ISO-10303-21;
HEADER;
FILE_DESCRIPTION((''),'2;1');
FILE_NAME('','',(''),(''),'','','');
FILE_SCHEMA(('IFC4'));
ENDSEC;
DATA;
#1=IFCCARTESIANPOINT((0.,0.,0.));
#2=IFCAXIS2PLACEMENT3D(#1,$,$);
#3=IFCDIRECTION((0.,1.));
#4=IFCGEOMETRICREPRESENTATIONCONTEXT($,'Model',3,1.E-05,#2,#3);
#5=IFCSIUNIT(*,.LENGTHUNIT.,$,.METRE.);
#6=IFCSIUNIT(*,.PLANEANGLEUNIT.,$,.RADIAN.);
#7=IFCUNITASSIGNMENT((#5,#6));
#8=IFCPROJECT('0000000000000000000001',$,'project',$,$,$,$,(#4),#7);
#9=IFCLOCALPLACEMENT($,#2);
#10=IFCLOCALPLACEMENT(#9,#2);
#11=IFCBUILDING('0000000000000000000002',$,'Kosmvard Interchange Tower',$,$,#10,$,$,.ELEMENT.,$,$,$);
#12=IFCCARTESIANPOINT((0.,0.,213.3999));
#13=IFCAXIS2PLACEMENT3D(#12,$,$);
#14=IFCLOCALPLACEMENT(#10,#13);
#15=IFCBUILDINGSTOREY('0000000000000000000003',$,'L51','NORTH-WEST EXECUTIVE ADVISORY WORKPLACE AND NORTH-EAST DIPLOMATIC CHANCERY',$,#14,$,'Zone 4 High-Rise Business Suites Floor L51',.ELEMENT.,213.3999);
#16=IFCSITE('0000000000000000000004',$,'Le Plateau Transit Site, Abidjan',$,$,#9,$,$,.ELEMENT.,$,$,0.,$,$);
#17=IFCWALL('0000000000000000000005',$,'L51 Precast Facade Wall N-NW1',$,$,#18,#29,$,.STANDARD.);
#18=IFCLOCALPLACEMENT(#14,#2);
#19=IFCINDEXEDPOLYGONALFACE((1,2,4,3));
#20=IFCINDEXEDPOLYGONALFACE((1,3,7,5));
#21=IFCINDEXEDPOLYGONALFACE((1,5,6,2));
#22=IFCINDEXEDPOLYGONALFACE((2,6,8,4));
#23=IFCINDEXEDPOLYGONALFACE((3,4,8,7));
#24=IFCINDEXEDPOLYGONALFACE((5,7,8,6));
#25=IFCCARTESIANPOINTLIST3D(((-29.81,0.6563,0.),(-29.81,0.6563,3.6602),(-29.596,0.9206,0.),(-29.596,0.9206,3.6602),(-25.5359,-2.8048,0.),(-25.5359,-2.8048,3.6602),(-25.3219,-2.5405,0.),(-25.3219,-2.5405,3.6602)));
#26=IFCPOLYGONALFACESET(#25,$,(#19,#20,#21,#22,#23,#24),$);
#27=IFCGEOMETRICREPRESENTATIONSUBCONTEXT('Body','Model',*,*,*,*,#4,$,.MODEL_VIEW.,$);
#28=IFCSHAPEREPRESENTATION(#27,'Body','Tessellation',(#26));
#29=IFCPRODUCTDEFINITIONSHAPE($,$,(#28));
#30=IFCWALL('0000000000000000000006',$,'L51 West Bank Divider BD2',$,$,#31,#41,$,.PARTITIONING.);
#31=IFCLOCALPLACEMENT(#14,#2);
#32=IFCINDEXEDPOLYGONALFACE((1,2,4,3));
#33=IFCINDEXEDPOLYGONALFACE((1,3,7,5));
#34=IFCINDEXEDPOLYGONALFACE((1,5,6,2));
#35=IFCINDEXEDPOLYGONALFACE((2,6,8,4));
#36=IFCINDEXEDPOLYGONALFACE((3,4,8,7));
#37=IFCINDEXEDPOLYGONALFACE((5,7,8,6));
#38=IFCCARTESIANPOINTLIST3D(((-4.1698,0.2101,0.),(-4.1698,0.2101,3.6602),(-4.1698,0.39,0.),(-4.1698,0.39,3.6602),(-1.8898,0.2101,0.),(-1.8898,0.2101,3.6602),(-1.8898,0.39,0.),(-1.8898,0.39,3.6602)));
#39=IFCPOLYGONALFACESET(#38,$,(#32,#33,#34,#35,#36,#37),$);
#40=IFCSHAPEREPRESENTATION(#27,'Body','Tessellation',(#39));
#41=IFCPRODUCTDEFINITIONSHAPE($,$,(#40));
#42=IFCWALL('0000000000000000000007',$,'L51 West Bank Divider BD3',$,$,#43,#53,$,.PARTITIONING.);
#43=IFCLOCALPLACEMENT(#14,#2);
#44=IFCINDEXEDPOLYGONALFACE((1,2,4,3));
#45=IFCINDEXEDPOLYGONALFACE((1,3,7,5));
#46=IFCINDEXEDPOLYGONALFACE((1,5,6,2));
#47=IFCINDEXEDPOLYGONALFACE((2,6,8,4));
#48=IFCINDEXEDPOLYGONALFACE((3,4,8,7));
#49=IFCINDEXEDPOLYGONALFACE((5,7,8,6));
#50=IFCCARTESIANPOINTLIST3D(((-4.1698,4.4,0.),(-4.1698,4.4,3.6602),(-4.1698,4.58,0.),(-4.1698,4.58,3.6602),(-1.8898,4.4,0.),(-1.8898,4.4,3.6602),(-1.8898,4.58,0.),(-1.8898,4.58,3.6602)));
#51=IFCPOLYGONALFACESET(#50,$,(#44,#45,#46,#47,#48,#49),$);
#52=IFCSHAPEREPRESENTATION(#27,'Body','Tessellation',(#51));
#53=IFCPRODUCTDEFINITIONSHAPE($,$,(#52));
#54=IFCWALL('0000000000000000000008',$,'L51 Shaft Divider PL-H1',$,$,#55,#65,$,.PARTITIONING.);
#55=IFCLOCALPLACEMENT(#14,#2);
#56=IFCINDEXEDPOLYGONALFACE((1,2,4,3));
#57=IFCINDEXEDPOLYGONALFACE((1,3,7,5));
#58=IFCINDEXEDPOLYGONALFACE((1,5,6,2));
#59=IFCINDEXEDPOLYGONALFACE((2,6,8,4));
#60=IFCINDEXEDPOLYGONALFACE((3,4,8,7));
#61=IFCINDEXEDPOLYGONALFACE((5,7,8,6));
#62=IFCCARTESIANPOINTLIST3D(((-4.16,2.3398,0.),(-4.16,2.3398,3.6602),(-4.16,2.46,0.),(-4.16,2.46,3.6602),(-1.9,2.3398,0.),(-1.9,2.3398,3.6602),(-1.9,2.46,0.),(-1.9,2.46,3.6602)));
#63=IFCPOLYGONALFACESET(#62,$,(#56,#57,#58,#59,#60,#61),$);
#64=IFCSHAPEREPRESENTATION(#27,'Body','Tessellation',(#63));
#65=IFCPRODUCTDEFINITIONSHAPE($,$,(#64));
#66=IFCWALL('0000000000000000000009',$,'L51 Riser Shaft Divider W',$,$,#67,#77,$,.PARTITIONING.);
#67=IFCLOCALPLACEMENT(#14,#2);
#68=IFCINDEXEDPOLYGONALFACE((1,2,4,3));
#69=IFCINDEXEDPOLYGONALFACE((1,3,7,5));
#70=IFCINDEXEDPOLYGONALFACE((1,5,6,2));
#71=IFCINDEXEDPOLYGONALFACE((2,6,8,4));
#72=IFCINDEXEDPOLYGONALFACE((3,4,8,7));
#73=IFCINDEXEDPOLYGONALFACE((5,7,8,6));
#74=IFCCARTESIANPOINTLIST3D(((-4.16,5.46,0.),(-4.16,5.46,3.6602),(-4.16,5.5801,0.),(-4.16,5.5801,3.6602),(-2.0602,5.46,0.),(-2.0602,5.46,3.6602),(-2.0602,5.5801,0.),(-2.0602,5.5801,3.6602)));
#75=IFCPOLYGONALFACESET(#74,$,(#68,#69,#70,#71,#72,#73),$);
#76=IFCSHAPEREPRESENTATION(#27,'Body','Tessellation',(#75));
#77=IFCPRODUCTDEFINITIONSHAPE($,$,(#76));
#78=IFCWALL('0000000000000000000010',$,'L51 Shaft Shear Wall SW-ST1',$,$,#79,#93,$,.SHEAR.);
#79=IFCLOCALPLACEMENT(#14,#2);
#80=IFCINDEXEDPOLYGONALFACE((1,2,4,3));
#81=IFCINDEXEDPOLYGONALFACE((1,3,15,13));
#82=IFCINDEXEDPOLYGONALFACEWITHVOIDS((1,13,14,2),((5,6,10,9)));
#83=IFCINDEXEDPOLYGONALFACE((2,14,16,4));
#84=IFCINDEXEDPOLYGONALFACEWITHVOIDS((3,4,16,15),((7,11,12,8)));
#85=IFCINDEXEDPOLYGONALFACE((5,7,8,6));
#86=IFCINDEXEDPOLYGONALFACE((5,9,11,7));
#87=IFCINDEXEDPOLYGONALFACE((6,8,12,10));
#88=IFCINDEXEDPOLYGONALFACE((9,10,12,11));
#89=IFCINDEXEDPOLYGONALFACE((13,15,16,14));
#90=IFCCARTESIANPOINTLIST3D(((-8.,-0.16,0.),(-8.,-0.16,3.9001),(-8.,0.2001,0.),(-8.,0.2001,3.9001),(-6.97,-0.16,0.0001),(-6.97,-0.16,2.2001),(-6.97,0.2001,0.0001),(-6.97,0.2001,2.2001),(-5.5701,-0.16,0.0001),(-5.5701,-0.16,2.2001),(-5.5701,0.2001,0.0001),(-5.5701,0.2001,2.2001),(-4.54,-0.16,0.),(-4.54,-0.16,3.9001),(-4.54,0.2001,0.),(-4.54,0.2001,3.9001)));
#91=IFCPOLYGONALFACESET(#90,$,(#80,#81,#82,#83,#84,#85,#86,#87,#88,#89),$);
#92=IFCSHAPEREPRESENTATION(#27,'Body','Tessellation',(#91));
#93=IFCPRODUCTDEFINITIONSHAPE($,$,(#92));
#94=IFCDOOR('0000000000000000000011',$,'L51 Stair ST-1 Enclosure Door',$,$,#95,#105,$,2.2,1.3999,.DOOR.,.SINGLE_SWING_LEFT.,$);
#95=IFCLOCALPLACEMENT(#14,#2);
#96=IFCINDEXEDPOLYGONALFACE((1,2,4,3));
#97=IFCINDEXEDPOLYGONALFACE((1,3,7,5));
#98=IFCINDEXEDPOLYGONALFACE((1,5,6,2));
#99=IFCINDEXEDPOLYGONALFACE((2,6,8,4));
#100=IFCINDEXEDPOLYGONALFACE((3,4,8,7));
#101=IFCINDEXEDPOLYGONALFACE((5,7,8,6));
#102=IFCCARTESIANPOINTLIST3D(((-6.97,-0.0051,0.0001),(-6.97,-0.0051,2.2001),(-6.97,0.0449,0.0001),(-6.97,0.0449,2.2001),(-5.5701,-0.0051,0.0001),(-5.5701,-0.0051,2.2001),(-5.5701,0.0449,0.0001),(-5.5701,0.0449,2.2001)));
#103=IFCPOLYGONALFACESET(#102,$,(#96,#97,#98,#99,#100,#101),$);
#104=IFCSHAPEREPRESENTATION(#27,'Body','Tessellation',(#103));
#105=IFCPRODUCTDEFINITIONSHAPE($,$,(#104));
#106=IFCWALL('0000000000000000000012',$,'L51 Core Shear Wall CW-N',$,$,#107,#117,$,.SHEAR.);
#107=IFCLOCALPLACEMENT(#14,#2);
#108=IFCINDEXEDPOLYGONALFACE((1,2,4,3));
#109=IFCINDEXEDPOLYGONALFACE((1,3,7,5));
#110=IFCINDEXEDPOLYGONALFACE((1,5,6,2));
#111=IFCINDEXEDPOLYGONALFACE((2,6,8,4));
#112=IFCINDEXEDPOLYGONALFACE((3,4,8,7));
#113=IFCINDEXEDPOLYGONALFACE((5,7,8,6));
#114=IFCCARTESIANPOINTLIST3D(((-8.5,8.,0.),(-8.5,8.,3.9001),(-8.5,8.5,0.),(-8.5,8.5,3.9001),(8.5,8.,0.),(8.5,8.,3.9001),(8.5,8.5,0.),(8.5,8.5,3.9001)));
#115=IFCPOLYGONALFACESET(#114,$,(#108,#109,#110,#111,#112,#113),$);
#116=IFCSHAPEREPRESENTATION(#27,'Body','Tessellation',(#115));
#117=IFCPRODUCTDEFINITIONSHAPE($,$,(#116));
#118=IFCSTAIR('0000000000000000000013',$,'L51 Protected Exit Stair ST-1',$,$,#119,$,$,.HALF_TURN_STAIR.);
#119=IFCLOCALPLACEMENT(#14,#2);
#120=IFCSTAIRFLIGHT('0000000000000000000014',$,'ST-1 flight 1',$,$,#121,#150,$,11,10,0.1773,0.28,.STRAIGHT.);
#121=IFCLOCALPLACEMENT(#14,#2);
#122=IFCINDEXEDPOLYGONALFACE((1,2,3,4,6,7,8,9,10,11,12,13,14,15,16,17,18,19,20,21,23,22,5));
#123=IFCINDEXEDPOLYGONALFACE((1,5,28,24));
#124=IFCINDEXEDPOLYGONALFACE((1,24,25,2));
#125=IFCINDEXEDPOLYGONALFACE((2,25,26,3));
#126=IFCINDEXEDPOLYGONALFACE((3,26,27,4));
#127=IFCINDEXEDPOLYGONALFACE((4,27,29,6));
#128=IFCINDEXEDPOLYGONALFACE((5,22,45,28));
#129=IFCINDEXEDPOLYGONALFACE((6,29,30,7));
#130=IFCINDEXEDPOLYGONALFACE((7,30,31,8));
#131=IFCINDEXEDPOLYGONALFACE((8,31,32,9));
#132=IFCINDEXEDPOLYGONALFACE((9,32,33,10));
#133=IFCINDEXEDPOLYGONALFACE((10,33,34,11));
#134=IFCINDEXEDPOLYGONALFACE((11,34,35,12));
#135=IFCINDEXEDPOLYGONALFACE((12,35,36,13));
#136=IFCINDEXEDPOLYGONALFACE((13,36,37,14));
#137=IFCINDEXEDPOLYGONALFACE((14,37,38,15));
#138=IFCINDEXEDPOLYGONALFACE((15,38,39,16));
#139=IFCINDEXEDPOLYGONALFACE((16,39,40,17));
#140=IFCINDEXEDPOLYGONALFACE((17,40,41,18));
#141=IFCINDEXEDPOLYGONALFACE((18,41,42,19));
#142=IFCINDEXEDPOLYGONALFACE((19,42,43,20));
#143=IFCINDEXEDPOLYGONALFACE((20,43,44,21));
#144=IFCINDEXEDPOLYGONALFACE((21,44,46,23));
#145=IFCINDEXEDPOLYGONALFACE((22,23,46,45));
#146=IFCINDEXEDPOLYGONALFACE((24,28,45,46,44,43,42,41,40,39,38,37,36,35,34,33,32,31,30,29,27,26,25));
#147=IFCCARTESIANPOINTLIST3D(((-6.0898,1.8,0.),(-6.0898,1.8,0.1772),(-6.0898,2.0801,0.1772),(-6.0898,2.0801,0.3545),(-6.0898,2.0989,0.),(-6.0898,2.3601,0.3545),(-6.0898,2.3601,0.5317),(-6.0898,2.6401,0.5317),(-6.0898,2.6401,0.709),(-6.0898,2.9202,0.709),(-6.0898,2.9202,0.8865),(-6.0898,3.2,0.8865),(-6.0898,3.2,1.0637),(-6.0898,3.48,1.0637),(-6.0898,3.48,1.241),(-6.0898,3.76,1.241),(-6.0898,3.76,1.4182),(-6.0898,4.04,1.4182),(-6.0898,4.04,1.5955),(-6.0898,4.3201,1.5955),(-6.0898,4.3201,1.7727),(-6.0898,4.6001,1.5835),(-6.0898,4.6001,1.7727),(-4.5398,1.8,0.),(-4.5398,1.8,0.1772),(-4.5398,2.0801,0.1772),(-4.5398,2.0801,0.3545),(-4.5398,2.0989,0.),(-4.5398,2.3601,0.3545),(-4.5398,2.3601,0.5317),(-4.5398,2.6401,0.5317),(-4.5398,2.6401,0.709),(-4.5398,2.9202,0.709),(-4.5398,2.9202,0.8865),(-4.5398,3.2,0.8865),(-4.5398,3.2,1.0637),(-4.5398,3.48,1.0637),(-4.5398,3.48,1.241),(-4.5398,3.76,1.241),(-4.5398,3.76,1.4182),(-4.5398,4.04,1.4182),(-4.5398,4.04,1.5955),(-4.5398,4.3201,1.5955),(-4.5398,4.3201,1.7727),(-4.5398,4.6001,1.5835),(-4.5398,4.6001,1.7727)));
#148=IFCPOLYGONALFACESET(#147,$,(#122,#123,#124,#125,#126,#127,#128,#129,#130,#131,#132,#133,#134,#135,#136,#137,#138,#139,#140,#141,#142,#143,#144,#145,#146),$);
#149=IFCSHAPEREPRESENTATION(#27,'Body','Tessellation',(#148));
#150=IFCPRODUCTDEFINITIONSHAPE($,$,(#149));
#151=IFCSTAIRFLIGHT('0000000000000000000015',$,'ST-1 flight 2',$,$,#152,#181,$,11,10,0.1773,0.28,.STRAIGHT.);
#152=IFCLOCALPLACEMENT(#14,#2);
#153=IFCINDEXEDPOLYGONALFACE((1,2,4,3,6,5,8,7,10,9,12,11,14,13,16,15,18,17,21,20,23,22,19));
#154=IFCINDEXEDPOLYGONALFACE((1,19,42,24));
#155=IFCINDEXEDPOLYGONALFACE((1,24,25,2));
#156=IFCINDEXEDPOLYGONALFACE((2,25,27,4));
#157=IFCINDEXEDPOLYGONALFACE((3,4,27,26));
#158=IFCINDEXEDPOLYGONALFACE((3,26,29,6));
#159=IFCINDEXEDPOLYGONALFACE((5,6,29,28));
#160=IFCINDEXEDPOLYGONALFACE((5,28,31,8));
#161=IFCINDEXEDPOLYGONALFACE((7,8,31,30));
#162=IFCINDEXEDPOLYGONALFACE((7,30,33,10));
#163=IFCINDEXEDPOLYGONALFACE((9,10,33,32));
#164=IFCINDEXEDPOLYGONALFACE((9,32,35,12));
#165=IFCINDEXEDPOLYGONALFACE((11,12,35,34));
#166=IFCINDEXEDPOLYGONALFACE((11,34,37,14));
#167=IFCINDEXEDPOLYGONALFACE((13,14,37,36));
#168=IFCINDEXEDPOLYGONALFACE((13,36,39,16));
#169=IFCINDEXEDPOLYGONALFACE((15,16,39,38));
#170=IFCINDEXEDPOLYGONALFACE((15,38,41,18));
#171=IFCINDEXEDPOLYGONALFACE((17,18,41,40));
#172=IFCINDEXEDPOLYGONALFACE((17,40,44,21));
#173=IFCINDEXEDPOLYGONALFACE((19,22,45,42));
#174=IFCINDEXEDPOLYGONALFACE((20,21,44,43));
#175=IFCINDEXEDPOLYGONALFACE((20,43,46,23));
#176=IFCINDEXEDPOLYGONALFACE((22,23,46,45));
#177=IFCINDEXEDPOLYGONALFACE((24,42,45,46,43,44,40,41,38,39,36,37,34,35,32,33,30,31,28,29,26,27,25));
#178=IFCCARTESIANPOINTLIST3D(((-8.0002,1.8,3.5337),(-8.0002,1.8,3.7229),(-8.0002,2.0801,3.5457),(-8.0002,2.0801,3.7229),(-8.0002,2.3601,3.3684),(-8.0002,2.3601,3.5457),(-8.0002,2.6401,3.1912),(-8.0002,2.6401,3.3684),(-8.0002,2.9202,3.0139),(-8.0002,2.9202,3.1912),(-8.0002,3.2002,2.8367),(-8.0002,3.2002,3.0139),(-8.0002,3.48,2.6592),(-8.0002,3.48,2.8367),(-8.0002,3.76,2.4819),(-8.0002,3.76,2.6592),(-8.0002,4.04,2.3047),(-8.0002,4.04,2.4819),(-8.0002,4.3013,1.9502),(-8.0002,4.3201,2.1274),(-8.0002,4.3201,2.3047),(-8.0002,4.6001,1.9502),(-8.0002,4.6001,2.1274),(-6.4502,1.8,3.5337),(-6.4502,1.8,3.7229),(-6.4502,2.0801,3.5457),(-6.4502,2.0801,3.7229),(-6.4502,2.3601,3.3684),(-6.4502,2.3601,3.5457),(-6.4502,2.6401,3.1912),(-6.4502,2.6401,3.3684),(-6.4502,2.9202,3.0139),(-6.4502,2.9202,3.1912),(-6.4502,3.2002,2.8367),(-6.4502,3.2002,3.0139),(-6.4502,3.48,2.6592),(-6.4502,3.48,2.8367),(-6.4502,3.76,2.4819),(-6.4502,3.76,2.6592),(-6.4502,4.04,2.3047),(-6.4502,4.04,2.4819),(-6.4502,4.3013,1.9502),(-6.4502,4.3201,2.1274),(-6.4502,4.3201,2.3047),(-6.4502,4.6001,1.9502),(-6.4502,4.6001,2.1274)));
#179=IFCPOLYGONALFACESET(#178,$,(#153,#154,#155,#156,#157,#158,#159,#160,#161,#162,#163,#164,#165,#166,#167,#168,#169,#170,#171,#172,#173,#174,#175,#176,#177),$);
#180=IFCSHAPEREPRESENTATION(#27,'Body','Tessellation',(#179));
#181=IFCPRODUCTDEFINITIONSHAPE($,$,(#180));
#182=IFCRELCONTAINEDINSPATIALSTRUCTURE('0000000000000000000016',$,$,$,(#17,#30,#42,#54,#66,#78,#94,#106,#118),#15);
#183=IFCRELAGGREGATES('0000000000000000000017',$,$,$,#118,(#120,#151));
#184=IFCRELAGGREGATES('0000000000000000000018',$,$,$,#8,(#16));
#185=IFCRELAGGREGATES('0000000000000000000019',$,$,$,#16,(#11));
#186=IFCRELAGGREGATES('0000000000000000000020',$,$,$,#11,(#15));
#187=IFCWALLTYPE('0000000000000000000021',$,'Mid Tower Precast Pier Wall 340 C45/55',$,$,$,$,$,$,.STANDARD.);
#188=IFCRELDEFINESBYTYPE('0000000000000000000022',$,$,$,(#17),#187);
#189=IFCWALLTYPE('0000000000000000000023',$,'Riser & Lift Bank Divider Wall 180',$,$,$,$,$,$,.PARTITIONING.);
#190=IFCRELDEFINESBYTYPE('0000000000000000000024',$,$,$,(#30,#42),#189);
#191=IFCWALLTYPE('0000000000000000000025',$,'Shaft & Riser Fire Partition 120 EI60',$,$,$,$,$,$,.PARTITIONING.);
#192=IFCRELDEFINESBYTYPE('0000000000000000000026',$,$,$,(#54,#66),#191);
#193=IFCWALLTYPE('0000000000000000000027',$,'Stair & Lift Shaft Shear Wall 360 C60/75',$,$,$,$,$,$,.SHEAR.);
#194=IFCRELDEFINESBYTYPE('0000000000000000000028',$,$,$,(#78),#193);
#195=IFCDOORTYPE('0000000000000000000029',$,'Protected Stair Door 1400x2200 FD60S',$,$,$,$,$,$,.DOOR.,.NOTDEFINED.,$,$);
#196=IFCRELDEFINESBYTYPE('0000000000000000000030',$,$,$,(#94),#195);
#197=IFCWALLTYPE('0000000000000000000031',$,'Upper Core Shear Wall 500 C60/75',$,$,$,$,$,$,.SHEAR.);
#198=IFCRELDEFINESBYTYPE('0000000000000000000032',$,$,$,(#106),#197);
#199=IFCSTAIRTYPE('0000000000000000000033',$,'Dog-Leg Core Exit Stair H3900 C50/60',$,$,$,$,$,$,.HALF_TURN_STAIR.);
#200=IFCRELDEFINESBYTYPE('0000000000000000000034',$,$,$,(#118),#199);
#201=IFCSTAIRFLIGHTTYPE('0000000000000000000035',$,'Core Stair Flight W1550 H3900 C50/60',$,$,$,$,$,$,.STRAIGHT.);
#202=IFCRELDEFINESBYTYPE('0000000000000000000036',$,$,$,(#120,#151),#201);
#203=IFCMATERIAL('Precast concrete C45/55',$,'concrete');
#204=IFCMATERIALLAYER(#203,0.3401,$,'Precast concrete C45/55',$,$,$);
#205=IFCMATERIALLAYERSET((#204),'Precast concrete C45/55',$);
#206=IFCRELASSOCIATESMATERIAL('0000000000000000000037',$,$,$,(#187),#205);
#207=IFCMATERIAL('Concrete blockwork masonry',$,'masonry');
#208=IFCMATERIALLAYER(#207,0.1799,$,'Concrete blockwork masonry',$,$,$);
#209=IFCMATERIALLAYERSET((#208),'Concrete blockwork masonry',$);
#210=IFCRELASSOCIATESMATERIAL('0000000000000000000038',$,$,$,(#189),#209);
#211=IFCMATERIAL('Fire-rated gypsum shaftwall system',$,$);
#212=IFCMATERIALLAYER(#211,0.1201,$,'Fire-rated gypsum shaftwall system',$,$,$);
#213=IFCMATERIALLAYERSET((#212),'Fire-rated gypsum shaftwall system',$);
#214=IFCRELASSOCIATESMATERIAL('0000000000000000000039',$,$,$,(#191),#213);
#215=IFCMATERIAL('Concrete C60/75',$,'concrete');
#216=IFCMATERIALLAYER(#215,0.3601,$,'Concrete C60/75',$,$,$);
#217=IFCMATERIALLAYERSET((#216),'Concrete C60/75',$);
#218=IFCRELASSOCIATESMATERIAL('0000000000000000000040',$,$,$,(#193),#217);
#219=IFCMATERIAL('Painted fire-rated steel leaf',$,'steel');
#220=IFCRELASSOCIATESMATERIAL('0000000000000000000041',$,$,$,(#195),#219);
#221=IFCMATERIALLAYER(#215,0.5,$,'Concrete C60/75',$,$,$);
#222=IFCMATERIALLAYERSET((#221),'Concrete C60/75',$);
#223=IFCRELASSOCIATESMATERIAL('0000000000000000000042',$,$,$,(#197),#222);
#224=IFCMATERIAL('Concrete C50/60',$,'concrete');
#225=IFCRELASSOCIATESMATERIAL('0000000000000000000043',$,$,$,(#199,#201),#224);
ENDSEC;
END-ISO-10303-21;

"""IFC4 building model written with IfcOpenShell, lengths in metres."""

from ifc_helpers import new_model, si_unit, direction, frame, frame_2d, origin, place, context, subcontext, project, spatial, polyline, rectangle, outline, extrude, source, transform, mapped, material, layer, layer_set, type_object, element, fill, aggregate, save


model = new_model("IFC4")

# Units and contexts
model_context = context("Model", 3, precision=1e-05, world=origin(), true_north=direction((0.0, 1.0)))
body_context = subcontext(model_context, "Body", "Model", "MODEL_VIEW")
ifc_project = project(units=[si_unit("LENGTHUNIT", "METRE"), si_unit("PLANEANGLEUNIT", "RADIAN")], contexts=[model_context])

# Site, building, storey
site_placement = place(None, origin())
site = spatial("IfcSite", under=ifc_project, at=site_placement, Name="Le Plateau Transit Site, Abidjan", CompositionType="ELEMENT", RefElevation=0.0)
building_placement = place(site_placement, origin())
building = spatial("IfcBuilding", under=site, at=building_placement, Name="Kosmvard Interchange Tower", CompositionType="ELEMENT")
storey_placement = place(building_placement, frame((0.0, 0.0, 213.3999)))
storey = spatial("IfcBuildingStorey", under=building, at=storey_placement, Name="L51", Description="NORTH-WEST EXECUTIVE ADVISORY WORKPLACE AND NORTH-EAST DIPLOMATIC CHANCERY", LongName="Zone 4 High-Rise Business Suites Floor L51", CompositionType="ELEMENT", Elevation=213.3999)

# Shared definitions
ifc_material_1 = material(Name="Concrete C60/75", Category="concrete")
ifc_material_2 = material(Name="Concrete C50/60", Category="concrete")

# Shared definitions
ifc_material_3 = material(Name="Precast concrete C45/55", Category="concrete")

# Walls
ifc_layer_1 = layer(ifc_material_3, 0.3401, Name="Precast concrete C45/55")
ifc_layer_set_1 = layer_set([ifc_layer_1], Name="Precast concrete C45/55")
wall_type_1 = type_object("IfcWallType", Name="Mid Tower Precast Pier Wall 340 C45/55", PredefinedType="STANDARD", material=ifc_layer_set_1)
wall_1_placement = place(storey_placement, frame((-29.7031, 0.7886, 0.0), z_axis=(0.0, 0.0, 1.0), x_axis=(0.777144, -0.629323, 0.0)))
element("IfcWall", 1, at=wall_1_placement, inside=storey, type_object=wall_type_1, Name="L51 Precast Facade Wall N-NW1", PredefinedType="STANDARD", context=body_context, shape_type="SweptSolid", body=[
    extrude(rectangle(XDim=5.4998, YDim=0.3401, at=frame_2d((2.75, 0.0))), origin(), (0.0, 0.0, 1.0), 3.6602),
])
ifc_material_4 = material(Name="Concrete blockwork masonry", Category="masonry")
ifc_layer_2 = layer(ifc_material_4, 0.1799, Name="Concrete blockwork masonry")
ifc_layer_set_2 = layer_set([ifc_layer_2], Name="Concrete blockwork masonry")
wall_type_2 = type_object("IfcWallType", Name="Riser & Lift Bank Divider Wall 180", PredefinedType="PARTITIONING", material=ifc_layer_set_2)
for number, where, z_axis, x_axis, name in (
    (2, (-4.1699, 0.3, 0.0), (0.0, 0.0, 1.0), (1.0, 0.0, 0.0), "L51 West Bank Divider BD2"),
    (3, (-4.1699, 4.49, 0.0), (0.0, 0.0, 1.0), (1.0, 0.0, 0.0), "L51 West Bank Divider BD3"),
):
    element("IfcWall", number, at=place(storey_placement, frame(where, z_axis=z_axis, x_axis=x_axis)), inside=storey, type_object=wall_type_2, Name=name, PredefinedType="PARTITIONING", context=body_context, shape_type="SweptSolid", body=[
        extrude(rectangle(XDim=2.28, YDim=0.1799, at=frame_2d((1.1401, 0.0))), origin(), (0.0, 0.0, 1.0), 3.6602),
    ])
ifc_material_5 = material(Name="Fire-rated gypsum shaftwall system")
ifc_layer_3 = layer(ifc_material_5, 0.1201, Name="Fire-rated gypsum shaftwall system")
ifc_layer_set_3 = layer_set([ifc_layer_3], Name="Fire-rated gypsum shaftwall system")
wall_type_3 = type_object("IfcWallType", Name="Shaft & Riser Fire Partition 120 EI60", PredefinedType="PARTITIONING", material=ifc_layer_set_3)
wall_2_placement = place(storey_placement, frame((-4.1599, 2.3999, 0.0), z_axis=(0.0, 0.0, 1.0), x_axis=(1.0, 0.0, 0.0)))
element("IfcWall", 4, at=wall_2_placement, inside=storey, type_object=wall_type_3, Name="L51 Shaft Divider PL-H1", PredefinedType="PARTITIONING", context=body_context, shape_type="SweptSolid", body=[
    extrude(rectangle(XDim=2.26, YDim=0.1201, at=frame_2d((1.1299, 0.0))), origin(), (0.0, 0.0, 1.0), 3.6602),
])
wall_3_placement = place(storey_placement, frame((-4.1599, 5.52, 0.0), z_axis=(0.0, 0.0, 1.0), x_axis=(1.0, 0.0, 0.0)))
element("IfcWall", 5, at=wall_3_placement, inside=storey, type_object=wall_type_3, Name="L51 Riser Shaft Divider W", PredefinedType="PARTITIONING", context=body_context, shape_type="SweptSolid", body=[
    extrude(rectangle(XDim=2.0999, YDim=0.1201, at=frame_2d((1.0498, 0.0))), origin(), (0.0, 0.0, 1.0), 3.6602),
])

# Wall, opening, door
ifc_layer_4 = layer(ifc_material_1, 0.3601, Name="Concrete C60/75")
ifc_layer_set_4 = layer_set([ifc_layer_4], Name="Concrete C60/75")
wall_type_4 = type_object("IfcWallType", Name="Stair & Lift Shaft Shear Wall 360 C60/75", PredefinedType="SHEAR", material=ifc_layer_set_4)
wall_4_placement = place(storey_placement, frame((-8.0, 0.02, 0.0), z_axis=(0.0, 0.0, 1.0), x_axis=(1.0, 0.0, 0.0)))
wall_4 = element("IfcWall", 6, at=wall_4_placement, inside=storey, type_object=wall_type_4, Name="L51 Shaft Shear Wall SW-ST1", PredefinedType="SHEAR", context=body_context, shape_type="SweptSolid", body=[
    extrude(rectangle(XDim=3.46, YDim=0.3601, at=frame_2d((1.73, 0.0))), origin(), (0.0, 0.0, 1.0), 3.9001),
])
opening_1_placement = place(wall_4_placement, frame((1.03, 0.0, 0.0)))
opening_1 = element("IfcOpeningElement", 7, at=opening_1_placement, cuts=wall_4, PredefinedType="OPENING", context=body_context, shape_type="SweptSolid", body=[
    extrude(rectangle(XDim=1.3999, YDim=2.2, at=frame_2d((0.7, 1.1001))), frame((0.0, 0.1899, 0.0), z_axis=(0.0, -1.0, 0.0), x_axis=(1.0, 0.0, 0.0)), (0.0, 0.0, 1.0), 0.3801),
])
ifc_material_6 = material(Name="Painted fire-rated steel leaf", Category="steel")
door_type_1 = type_object("IfcDoorType", Name="Protected Stair Door 1400x2200 FD60S", OperationType="NOTDEFINED", PredefinedType="DOOR", material=ifc_material_6)
shared_shape_1 = source(origin(), body_context, "Body", "SweptSolid", [
    extrude(rectangle(XDim=1.3999, YDim=2.2, at=frame_2d((0.7, 1.1001))), frame((0.0, 0.0249, 0.0), z_axis=(0.0, -1.0, 0.0), x_axis=(1.0, 0.0, 0.0)), (0.0, 0.0, 1.0), 0.05),
])
door_1_placement = place(opening_1_placement, origin())
door_1 = element("IfcDoor", 8, at=door_1_placement, inside=storey, type_object=door_type_1, Name="L51 Stair ST-1 Enclosure Door", OperationType="SINGLE_SWING_LEFT", OverallHeight=2.2, OverallWidth=1.3999, PredefinedType="DOOR", context=body_context, shape_type="MappedRepresentation", body=[
    mapped(shared_shape_1, transform((0.0, 0.0, 0.0), scale=1.0)),
])
fill(opening_1, door_1)

# Wall
ifc_layer_5 = layer(ifc_material_1, 0.5, Name="Concrete C60/75")
ifc_layer_set_5 = layer_set([ifc_layer_5], Name="Concrete C60/75")
wall_type_5 = type_object("IfcWallType", Name="Upper Core Shear Wall 500 C60/75", PredefinedType="SHEAR", material=ifc_layer_set_5)
wall_5_placement = place(storey_placement, frame((-8.5, 8.25, 0.0), z_axis=(0.0, 0.0, 1.0), x_axis=(1.0, 0.0, 0.0)))
element("IfcWall", 9, at=wall_5_placement, inside=storey, type_object=wall_type_5, Name="L51 Core Shear Wall CW-N", PredefinedType="SHEAR", context=body_context, shape_type="SweptSolid", body=[
    extrude(rectangle(XDim=17.0, YDim=0.5, at=frame_2d((8.5, 0.0))), origin(), (0.0, 0.0, 1.0), 3.9001),
])

# Stair, stair flights
stair_type = type_object("IfcStairType", Name="Dog-Leg Core Exit Stair H3900 C50/60", PredefinedType="HALF_TURN_STAIR", material=ifc_material_2)
stair_placement = place(storey_placement, origin())
stair = element("IfcStair", 10, at=stair_placement, inside=storey, type_object=stair_type, Name="L51 Protected Exit Stair ST-1", PredefinedType="HALF_TURN_STAIR")
stair_flight_type = type_object("IfcStairFlightType", Name="Core Stair Flight W1550 H3900 C50/60", PredefinedType="STRAIGHT", material=ifc_material_2)
shared_shape_2 = source(origin(), body_context, "Body", "SweptSolid", [
    extrude(outline(polyline([(0.0, 0.0), (0.0, 0.1772), (0.28, 0.1772), (0.28, 0.3545), (0.5601, 0.3545), (0.5601, 0.5317), (0.8401, 0.5317), (0.8401, 0.709), (1.1201, 0.709), (1.1201, 0.8865), (1.3999, 0.8865), (1.3999, 1.0637), (1.6799, 1.0637), (1.6799, 1.241), (1.96, 1.241), (1.96, 1.4182), (2.24, 1.4182), (2.24, 1.5955), (2.52, 1.5955), (2.52, 1.7727), (2.8, 1.7727), (2.8, 1.95), (2.8, 1.5835), (0.2988, 0.0), (0.0, 0.0)])), frame((0.0, 0.7749, 0.0), z_axis=(0.0, -1.0, 0.0), x_axis=(1.0, 0.0, 0.0)), (0.0, 0.0, 1.0), 1.55),
])
stair_flight_1_placement = place(storey_placement, frame((-5.3149, 1.8, 0.0), z_axis=(0.0, 0.0, 1.0), x_axis=(0.0, 1.0, 0.0)))
stair_flight_1 = element("IfcStairFlight", 11, at=stair_flight_1_placement, type_object=stair_flight_type, Name="ST-1 flight 1", NumberOfRisers=11, NumberOfTreads=10, PredefinedType="STRAIGHT", RiserHeight=0.1773, TreadLength=0.28, context=body_context, shape_type="MappedRepresentation", body=[
    mapped(shared_shape_2, transform((0.0, 0.0, 0.0), scale=1.0)),
])
stair_flight_2_placement = place(storey_placement, frame((-7.2251, 4.6001, 1.9502), z_axis=(0.0, 0.0, 1.0), x_axis=(0.0, -1.0, 0.0)))
stair_flight_2 = element("IfcStairFlight", 12, at=stair_flight_2_placement, type_object=stair_flight_type, Name="ST-1 flight 2", NumberOfRisers=11, NumberOfTreads=10, PredefinedType="STRAIGHT", RiserHeight=0.1773, TreadLength=0.28, context=body_context, shape_type="MappedRepresentation", body=[
    mapped(shared_shape_2, transform((0.0, 0.0, 0.0), scale=1.0)),
])
aggregate(stair, [stair_flight_1, stair_flight_2])

save(model, "model.ifc")
